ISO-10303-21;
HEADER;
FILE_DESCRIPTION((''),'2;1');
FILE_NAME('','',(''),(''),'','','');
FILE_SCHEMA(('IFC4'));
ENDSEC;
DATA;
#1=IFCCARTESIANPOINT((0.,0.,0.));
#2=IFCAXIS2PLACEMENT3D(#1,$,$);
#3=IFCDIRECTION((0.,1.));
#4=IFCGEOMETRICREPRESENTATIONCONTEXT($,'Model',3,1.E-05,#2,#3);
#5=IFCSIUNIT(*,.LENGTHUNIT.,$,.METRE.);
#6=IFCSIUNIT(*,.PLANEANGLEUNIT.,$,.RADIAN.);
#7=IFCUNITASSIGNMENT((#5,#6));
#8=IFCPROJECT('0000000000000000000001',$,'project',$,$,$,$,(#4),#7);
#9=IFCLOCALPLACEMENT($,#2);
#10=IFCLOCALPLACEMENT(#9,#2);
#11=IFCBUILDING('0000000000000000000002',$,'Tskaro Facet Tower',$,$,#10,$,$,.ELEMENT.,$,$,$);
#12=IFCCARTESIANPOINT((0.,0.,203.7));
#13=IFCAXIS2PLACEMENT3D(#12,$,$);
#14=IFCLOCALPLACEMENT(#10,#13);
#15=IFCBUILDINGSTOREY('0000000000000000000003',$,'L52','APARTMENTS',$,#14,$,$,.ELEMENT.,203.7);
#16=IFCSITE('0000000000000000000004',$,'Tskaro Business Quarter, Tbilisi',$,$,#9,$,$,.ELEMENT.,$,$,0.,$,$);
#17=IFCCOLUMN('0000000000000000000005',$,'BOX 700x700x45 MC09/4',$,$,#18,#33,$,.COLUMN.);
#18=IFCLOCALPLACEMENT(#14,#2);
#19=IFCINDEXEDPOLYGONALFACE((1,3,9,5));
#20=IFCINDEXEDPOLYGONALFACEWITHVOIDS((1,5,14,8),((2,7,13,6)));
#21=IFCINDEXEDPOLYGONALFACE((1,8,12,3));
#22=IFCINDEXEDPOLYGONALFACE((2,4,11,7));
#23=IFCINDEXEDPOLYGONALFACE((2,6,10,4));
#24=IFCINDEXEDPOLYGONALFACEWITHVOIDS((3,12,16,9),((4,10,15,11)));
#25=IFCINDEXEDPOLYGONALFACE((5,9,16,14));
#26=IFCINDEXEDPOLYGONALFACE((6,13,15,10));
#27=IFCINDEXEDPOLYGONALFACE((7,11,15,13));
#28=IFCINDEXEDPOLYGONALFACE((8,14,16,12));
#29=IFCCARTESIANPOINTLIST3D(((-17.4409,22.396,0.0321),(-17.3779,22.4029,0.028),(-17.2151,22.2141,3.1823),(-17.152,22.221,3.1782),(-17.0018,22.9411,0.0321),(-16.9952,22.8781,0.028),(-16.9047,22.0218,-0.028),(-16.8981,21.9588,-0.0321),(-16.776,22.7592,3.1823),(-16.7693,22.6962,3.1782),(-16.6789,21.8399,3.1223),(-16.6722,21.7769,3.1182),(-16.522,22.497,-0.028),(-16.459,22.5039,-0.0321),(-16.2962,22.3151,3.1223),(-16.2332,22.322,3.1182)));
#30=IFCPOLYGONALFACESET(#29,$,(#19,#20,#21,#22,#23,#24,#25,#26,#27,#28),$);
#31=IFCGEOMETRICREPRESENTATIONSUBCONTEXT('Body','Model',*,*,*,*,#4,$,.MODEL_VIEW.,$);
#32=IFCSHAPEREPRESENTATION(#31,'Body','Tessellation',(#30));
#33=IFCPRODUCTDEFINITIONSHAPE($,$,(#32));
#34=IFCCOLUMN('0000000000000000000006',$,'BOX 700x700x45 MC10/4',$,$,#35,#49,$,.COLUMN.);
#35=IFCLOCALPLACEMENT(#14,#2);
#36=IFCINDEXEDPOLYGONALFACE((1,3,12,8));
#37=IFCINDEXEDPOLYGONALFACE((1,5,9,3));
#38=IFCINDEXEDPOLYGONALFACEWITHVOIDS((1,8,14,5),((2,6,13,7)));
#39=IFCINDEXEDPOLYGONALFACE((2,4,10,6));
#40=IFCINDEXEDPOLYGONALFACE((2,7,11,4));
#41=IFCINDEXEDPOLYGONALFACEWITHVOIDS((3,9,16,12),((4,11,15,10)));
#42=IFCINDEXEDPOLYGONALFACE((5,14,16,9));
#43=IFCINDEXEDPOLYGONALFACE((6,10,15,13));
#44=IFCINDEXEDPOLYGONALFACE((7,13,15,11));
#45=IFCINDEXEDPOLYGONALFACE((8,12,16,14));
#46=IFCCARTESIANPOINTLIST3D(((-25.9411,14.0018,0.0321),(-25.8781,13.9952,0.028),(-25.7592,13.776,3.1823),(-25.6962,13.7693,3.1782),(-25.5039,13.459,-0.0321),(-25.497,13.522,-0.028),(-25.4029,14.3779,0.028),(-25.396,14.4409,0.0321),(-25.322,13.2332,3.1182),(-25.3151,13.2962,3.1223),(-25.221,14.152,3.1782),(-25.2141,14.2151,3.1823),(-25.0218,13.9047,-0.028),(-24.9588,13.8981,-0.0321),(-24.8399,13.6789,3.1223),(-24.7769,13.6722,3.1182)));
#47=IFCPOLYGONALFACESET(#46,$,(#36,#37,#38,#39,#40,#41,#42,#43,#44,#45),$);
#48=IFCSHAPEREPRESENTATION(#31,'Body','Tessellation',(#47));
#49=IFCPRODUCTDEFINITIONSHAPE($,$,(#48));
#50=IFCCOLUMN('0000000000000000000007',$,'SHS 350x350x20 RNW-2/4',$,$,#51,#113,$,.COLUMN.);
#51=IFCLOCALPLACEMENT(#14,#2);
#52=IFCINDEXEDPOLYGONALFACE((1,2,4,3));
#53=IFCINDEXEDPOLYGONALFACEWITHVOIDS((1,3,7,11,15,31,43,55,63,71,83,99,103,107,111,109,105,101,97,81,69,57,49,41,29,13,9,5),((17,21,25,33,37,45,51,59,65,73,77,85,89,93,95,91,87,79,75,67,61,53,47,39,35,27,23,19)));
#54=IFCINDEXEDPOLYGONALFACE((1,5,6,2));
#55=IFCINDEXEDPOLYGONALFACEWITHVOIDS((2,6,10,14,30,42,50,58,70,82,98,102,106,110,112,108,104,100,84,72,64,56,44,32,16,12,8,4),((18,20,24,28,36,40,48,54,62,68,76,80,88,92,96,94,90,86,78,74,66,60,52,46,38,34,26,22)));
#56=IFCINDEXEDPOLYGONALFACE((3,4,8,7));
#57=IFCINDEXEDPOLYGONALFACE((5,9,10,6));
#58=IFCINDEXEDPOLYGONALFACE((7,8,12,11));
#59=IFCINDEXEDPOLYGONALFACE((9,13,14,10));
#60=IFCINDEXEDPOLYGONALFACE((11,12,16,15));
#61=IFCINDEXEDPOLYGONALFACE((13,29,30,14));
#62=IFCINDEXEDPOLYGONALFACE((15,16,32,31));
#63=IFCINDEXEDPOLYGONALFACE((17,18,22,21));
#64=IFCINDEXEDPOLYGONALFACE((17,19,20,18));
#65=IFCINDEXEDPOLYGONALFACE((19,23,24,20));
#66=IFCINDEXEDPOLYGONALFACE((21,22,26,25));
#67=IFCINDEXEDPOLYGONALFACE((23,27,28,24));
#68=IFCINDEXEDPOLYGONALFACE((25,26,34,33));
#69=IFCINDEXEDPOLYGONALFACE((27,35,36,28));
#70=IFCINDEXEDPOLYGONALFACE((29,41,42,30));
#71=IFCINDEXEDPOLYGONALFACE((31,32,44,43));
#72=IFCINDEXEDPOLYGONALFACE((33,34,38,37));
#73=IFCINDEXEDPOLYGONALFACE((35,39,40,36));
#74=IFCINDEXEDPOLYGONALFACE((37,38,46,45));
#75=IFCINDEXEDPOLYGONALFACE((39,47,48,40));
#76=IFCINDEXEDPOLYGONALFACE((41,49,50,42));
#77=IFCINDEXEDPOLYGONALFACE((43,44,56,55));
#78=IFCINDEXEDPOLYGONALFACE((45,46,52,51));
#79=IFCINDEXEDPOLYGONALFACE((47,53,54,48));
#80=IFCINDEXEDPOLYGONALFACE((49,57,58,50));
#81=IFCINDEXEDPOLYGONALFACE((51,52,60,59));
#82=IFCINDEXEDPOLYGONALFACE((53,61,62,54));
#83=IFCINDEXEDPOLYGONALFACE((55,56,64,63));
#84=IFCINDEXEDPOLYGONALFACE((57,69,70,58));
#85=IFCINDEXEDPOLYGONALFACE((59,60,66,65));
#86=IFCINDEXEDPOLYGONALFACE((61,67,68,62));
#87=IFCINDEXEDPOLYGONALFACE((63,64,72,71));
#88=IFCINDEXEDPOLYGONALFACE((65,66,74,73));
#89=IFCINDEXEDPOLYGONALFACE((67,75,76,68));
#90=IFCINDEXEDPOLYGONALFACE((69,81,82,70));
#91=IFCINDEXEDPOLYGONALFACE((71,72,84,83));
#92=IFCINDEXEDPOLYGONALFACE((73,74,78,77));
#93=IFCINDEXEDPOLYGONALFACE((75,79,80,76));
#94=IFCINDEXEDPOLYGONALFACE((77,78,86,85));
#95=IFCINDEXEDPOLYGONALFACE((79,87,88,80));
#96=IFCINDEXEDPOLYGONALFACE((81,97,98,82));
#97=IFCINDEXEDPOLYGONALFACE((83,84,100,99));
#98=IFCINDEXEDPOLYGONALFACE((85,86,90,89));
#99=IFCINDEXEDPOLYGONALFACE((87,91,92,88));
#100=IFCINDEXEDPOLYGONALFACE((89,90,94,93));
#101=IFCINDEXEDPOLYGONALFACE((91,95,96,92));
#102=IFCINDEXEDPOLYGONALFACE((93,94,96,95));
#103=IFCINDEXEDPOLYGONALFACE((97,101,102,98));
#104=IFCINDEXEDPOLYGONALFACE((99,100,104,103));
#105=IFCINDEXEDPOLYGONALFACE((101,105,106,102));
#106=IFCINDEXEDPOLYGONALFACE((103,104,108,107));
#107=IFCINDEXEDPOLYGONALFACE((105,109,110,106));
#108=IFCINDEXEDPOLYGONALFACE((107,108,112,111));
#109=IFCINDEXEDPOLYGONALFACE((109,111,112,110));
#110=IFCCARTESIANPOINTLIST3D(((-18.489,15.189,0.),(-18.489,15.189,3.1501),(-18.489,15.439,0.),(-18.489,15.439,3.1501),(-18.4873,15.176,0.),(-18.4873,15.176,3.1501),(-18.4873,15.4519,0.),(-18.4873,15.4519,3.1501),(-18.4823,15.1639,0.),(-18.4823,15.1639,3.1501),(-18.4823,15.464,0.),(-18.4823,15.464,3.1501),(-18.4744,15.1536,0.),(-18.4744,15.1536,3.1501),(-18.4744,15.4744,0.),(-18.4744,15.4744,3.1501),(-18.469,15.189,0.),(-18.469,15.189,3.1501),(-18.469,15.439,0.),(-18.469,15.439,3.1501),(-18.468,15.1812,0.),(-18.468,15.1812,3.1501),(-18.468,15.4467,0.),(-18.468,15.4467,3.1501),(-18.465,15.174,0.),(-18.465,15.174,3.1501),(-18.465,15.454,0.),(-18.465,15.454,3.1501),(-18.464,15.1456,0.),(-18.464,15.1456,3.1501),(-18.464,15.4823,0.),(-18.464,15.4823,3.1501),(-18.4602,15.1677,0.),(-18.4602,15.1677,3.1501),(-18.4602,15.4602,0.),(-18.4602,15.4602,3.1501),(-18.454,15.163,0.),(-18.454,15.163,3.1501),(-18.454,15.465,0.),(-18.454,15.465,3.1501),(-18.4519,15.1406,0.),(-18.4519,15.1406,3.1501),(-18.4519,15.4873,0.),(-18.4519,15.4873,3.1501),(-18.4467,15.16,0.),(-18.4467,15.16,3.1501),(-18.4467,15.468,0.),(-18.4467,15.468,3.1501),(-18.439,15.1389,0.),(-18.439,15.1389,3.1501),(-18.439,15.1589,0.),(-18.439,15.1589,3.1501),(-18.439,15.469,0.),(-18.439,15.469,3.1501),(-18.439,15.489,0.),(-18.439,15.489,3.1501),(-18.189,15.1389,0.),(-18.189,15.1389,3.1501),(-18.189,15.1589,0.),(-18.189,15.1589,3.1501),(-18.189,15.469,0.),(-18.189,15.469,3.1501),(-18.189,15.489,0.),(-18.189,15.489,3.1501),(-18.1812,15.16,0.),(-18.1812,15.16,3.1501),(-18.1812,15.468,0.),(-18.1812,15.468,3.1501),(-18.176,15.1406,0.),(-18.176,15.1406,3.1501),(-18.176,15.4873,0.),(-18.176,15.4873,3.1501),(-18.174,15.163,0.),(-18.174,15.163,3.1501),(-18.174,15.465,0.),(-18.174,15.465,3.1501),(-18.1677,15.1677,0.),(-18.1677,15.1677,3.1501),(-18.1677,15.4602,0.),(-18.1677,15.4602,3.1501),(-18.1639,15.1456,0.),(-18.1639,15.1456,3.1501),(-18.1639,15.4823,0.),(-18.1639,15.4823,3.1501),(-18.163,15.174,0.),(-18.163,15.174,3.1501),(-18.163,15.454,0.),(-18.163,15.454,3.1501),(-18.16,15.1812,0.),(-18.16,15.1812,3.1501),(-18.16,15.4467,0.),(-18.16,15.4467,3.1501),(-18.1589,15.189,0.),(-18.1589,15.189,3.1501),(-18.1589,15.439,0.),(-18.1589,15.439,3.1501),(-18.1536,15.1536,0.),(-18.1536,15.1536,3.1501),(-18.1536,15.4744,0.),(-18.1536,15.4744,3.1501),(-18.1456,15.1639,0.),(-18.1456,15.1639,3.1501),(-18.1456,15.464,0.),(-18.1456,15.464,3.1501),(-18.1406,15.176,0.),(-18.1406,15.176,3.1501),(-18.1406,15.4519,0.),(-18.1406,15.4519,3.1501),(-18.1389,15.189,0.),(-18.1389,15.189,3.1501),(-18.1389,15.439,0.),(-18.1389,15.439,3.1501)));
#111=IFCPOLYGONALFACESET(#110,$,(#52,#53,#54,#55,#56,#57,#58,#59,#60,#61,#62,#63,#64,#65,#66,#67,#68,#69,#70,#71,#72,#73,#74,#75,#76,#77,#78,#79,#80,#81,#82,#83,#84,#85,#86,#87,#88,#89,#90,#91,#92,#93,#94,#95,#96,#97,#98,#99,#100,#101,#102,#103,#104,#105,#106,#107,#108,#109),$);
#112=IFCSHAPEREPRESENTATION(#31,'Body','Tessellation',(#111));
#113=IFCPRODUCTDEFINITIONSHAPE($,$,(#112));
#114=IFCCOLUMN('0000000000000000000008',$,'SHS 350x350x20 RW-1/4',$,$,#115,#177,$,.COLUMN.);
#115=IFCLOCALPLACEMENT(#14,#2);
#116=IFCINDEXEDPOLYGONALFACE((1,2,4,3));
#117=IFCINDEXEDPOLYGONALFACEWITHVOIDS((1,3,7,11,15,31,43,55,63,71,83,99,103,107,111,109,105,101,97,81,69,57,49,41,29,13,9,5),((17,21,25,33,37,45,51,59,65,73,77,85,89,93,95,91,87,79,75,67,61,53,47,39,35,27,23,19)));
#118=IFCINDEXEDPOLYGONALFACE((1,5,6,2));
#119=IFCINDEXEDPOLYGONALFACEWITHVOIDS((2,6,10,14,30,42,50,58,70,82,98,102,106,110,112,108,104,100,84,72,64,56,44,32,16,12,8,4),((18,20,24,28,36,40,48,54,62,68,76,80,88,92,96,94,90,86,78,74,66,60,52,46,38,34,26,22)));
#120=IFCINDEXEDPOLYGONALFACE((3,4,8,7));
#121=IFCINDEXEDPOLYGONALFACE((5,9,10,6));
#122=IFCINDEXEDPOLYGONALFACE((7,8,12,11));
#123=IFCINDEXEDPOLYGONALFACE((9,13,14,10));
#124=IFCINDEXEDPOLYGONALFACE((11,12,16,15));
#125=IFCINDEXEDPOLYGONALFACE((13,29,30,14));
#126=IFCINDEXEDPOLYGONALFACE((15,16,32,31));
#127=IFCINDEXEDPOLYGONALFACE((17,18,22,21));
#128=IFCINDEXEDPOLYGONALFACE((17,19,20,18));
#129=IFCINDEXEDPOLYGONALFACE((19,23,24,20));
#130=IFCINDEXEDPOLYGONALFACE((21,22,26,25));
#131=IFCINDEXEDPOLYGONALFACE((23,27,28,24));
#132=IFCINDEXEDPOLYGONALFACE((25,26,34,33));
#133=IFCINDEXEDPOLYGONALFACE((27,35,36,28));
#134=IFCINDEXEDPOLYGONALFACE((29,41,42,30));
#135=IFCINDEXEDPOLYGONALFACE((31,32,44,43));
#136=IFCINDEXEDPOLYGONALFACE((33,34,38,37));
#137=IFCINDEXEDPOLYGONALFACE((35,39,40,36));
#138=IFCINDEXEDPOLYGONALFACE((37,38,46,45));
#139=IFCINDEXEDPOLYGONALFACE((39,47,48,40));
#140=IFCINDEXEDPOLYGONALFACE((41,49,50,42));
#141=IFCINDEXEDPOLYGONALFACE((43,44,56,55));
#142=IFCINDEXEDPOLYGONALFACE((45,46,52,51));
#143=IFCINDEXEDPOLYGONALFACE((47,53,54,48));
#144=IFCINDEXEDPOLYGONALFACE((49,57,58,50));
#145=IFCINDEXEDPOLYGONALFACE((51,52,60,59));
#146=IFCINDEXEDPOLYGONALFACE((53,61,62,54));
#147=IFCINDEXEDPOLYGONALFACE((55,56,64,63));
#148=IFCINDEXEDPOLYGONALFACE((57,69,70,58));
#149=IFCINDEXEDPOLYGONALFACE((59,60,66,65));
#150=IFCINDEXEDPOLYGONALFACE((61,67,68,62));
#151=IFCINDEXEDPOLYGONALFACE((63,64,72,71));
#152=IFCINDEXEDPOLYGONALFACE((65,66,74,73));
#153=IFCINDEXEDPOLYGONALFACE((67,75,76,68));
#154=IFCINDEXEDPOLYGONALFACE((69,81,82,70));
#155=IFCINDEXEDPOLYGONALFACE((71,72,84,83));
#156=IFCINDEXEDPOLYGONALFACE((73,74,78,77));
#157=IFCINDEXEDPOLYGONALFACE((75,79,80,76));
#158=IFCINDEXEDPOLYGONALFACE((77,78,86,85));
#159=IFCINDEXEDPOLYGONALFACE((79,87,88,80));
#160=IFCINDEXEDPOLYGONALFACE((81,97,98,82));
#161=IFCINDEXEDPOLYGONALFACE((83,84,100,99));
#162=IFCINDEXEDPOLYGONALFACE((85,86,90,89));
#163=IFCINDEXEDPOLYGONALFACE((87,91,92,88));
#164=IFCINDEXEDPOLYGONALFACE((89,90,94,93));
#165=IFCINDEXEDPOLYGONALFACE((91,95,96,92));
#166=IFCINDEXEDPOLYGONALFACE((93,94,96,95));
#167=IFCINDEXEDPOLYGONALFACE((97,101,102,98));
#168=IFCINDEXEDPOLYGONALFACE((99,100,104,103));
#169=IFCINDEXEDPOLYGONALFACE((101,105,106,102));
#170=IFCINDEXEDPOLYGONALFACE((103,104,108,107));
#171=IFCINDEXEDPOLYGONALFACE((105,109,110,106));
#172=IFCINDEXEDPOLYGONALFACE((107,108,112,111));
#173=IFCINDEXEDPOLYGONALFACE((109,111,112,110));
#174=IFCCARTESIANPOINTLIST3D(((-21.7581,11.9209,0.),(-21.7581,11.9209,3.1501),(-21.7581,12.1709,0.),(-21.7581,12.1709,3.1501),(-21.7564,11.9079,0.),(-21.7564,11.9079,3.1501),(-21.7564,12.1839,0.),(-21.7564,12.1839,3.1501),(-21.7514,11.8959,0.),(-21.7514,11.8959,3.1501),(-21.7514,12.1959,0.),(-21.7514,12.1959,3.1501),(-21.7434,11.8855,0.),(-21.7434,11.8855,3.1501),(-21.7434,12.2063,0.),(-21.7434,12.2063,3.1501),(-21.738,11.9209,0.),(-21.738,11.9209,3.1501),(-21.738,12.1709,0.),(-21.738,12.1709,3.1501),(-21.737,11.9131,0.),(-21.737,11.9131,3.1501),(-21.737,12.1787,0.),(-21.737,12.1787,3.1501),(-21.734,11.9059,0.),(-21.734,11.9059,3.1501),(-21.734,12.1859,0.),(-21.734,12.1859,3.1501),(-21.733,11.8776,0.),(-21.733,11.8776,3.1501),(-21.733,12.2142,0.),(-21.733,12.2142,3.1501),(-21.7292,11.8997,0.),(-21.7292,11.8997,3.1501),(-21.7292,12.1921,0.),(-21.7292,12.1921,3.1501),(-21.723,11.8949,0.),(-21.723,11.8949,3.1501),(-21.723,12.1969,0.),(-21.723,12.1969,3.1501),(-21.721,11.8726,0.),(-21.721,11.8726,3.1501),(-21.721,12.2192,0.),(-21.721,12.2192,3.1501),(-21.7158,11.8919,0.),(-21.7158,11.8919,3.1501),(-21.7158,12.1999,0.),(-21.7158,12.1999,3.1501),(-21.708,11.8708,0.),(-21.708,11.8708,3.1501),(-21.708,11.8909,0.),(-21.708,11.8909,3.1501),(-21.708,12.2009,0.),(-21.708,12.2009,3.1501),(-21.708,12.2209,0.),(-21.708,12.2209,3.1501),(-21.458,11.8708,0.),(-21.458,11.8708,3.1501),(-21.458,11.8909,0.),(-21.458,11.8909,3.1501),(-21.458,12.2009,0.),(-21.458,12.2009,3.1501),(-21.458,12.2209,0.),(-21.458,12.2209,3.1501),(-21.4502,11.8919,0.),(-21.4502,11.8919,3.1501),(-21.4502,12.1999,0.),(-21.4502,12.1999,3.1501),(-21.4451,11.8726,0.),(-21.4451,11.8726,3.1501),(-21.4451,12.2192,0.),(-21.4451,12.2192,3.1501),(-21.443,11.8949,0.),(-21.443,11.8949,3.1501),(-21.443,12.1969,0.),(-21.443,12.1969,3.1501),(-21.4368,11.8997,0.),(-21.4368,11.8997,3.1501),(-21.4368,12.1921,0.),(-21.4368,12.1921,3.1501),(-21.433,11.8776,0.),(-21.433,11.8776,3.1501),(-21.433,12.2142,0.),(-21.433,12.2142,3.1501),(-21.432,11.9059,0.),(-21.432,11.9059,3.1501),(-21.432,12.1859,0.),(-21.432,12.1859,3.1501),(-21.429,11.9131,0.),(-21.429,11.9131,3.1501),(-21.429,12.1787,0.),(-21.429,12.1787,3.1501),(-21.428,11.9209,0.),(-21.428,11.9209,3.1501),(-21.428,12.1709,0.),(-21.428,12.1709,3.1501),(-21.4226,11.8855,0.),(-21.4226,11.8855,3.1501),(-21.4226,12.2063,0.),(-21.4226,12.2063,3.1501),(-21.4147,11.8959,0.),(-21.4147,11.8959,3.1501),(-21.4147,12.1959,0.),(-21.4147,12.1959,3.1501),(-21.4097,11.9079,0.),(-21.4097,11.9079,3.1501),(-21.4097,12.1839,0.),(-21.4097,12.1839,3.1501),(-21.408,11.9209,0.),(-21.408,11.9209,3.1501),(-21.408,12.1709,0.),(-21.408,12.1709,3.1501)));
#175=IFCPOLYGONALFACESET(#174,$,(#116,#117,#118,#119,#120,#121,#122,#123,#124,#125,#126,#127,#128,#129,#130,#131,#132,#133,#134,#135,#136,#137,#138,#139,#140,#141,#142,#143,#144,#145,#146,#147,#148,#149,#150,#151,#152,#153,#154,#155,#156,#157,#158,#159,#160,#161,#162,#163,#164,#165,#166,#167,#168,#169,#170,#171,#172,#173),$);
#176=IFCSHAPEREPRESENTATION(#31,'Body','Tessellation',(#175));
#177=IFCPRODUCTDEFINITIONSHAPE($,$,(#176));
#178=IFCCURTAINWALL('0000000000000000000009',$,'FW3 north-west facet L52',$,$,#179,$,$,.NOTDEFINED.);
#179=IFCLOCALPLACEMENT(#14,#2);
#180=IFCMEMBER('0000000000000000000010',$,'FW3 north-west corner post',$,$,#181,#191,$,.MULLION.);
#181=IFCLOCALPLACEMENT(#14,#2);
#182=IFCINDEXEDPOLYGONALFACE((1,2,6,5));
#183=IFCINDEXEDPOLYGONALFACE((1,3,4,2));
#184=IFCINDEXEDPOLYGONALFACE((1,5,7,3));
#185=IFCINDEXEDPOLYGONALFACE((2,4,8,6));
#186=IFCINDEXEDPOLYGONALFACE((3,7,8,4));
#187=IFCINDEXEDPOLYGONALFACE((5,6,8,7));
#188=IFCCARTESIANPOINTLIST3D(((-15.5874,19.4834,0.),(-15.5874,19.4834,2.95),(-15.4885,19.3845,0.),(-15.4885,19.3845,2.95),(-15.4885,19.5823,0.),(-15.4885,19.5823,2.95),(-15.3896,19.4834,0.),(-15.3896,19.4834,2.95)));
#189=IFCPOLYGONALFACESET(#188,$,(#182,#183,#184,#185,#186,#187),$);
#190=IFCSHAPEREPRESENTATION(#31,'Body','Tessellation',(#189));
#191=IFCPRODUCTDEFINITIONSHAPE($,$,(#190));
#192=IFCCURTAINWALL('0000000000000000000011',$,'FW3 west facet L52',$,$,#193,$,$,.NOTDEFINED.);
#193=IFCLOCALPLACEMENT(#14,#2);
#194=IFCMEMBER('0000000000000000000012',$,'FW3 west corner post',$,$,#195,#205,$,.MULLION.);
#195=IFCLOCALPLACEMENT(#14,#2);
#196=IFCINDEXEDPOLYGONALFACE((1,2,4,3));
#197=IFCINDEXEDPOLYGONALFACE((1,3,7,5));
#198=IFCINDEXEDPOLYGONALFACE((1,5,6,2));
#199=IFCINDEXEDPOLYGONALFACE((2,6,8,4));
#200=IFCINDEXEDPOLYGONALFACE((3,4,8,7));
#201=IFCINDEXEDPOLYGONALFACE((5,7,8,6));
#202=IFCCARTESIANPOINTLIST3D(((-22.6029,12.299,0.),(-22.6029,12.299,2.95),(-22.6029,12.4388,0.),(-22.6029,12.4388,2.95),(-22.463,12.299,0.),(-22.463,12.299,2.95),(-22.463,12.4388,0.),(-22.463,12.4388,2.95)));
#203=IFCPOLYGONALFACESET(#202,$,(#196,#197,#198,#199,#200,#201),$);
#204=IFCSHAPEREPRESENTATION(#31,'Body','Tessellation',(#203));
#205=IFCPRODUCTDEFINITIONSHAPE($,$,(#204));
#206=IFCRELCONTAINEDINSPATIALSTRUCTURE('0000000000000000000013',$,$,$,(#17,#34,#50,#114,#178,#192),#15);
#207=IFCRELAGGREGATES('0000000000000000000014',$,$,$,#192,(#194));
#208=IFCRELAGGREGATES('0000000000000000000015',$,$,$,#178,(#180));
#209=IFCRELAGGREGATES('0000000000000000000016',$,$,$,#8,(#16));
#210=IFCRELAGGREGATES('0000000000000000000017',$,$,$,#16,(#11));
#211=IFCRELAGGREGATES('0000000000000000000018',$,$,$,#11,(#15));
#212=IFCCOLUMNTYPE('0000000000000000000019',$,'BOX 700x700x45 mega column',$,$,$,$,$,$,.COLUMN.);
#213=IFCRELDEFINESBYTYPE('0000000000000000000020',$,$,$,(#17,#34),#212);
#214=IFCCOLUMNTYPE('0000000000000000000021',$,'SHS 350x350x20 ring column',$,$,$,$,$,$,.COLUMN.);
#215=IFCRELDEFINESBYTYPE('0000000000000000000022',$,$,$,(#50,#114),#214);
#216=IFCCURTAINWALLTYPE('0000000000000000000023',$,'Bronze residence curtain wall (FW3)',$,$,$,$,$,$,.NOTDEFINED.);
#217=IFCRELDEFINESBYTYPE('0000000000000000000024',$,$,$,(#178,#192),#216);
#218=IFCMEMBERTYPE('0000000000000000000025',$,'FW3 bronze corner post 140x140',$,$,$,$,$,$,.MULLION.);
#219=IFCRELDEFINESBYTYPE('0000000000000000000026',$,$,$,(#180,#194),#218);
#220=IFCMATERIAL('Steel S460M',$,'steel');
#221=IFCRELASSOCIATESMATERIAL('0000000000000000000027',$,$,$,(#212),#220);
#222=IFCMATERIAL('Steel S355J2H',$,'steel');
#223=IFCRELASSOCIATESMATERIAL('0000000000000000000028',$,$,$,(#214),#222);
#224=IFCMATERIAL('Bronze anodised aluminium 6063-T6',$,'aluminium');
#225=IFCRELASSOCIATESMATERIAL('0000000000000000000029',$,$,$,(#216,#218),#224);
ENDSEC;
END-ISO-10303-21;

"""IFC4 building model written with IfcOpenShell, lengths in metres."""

from ifc_helpers import new_model, si_unit, direction, frame, origin, origin_2d, place, context, subcontext, project, spatial, rectangle, hollow_rectangle, extrude, material, material_profile, profile_set, type_object, element, aggregate, save


model = new_model("IFC4")

# Units and contexts
model_context = context("Model", 3, precision=1e-05, world=origin(), true_north=direction((0.0, 1.0)))
body_context = subcontext(model_context, "Body", "Model", "MODEL_VIEW")
ifc_project = project(units=[si_unit("LENGTHUNIT", "METRE"), si_unit("PLANEANGLEUNIT", "RADIAN")], contexts=[model_context])

# Site, building, storey
site_placement = place(None, origin())
site = spatial("IfcSite", under=ifc_project, at=site_placement, Name="Tskaro Business Quarter, Tbilisi", CompositionType="ELEMENT", RefElevation=0.0)
building_placement = place(site_placement, origin())
building = spatial("IfcBuilding", under=site, at=building_placement, Name="Tskaro Facet Tower", CompositionType="ELEMENT")
storey_placement = place(building_placement, frame((0.0, 0.0, 203.7)))
storey = spatial("IfcBuildingStorey", under=building, at=storey_placement, Name="L52", Description="APARTMENTS", CompositionType="ELEMENT", Elevation=203.7)

# Columns
ifc_material_1 = material(Name="Steel S460M", Category="steel")
ifc_material_profile_1 = material_profile(ifc_material_1, hollow_rectangle(XDim=0.7, YDim=0.7, WallThickness=0.0449, at=origin_2d()), Name="BOX 700x700x45")
ifc_profile_set_1 = profile_set([ifc_material_profile_1], Name="Steel S460M")
column_type_1 = type_object("IfcColumnType", Name="BOX 700x700x45 mega column", PredefinedType="COLUMN", material=ifc_profile_set_1)
for number, where, z_axis, x_axis, name in (
    (1, (-16.95, 22.45, 0.0), (0.071387, -0.057495, 0.99579), (0.627259, 0.778811, 0.0), "BOX 700x700x45 MC09/4"),
    (2, (-25.45, 13.95, 0.0), (0.057495, -0.071387, 0.99579), (0.778811, 0.627259, 0.0), "BOX 700x700x45 MC10/4"),
):
    element("IfcColumn", number, at=place(storey_placement, frame(where, z_axis=z_axis, x_axis=x_axis)), inside=storey, type_object=column_type_1, Name=name, PredefinedType="COLUMN", context=body_context, shape_type="SweptSolid", body=[
        extrude(hollow_rectangle(XDim=0.7, YDim=0.7, WallThickness=0.0449, at=origin_2d()), origin(), (0.0, 0.0, 1.0), 3.1636),
    ])
ifc_material_2 = material(Name="Steel S355J2H", Category="steel")
ifc_material_profile_2 = material_profile(ifc_material_2, hollow_rectangle(XDim=0.3501, YDim=0.3501, WallThickness=0.02, InnerFilletRadius=0.03, OuterFilletRadius=0.05, at=origin_2d()), Name="SHS 350x350x20")
ifc_profile_set_2 = profile_set([ifc_material_profile_2], Name="Steel S355J2H")
column_type_2 = type_object("IfcColumnType", Name="SHS 350x350x20 ring column", PredefinedType="COLUMN", material=ifc_profile_set_2)
for number, where, z_axis, x_axis, name in (
    (3, (-18.314, 15.314, 0.0), (0.0, 0.0, 1.0), (1.0, 0.0, 0.0), "SHS 350x350x20 RNW-2/4"),
    (4, (-21.583, 12.0459, 0.0), (0.0, 0.0, 1.0), (1.0, 0.0, 0.0), "SHS 350x350x20 RW-1/4"),
):
    element("IfcColumn", number, at=place(storey_placement, frame(where, z_axis=z_axis, x_axis=x_axis)), inside=storey, type_object=column_type_2, Name=name, PredefinedType="COLUMN", context=body_context, shape_type="SweptSolid", body=[
        extrude(hollow_rectangle(XDim=0.3501, YDim=0.3501, WallThickness=0.02, InnerFilletRadius=0.03, OuterFilletRadius=0.05, at=origin_2d()), origin(), (0.0, 0.0, 1.0), 3.1501),
    ])

# Curtain walls, members
ifc_material_3 = material(Name="Bronze anodised aluminium 6063-T6", Category="aluminium")
curtain_wall_type = type_object("IfcCurtainWallType", Name="Bronze residence curtain wall (FW3)", PredefinedType="NOTDEFINED", material=ifc_material_3)
curtain_wall_1_placement = place(storey_placement, origin())
curtain_wall_1 = element("IfcCurtainWall", 5, at=curtain_wall_1_placement, inside=storey, type_object=curtain_wall_type, Name="FW3 north-west facet L52", PredefinedType="NOTDEFINED")
ifc_material_profile_3 = material_profile(ifc_material_3, rectangle(XDim=0.1399, YDim=0.1399, at=origin_2d()), Name="Corner post 140x140")
ifc_profile_set_3 = profile_set([ifc_material_profile_3], Name="Bronze anodised aluminium 6063-T6")
member_type_1 = type_object("IfcMemberType", Name="FW3 bronze corner post 140x140", PredefinedType="MULLION", material=ifc_profile_set_3)
member_1_placement = place(storey_placement, frame((-15.4885, 19.4834, 0.0), z_axis=(0.0, 0.0, 1.0), x_axis=(-0.707107, -0.707107, 0.0)))
member_1 = element("IfcMember", 6, at=member_1_placement, type_object=member_type_1, Name="FW3 north-west corner post", PredefinedType="MULLION", context=body_context, shape_type="SweptSolid", body=[
    extrude(rectangle(XDim=0.1399, YDim=0.1399, at=origin_2d()), origin(), (0.0, 0.0, 1.0), 2.95),
])
curtain_wall_2_placement = place(storey_placement, origin())
curtain_wall_2 = element("IfcCurtainWall", 7, at=curtain_wall_2_placement, inside=storey, type_object=curtain_wall_type, Name="FW3 west facet L52", PredefinedType="NOTDEFINED")
member_2_placement = place(storey_placement, frame((-22.533, 12.3689, 0.0), z_axis=(0.0, 0.0, 1.0), x_axis=(0.0, -1.0, 0.0)))
member_2 = element("IfcMember", 8, at=member_2_placement, type_object=member_type_1, Name="FW3 west corner post", PredefinedType="MULLION", context=body_context, shape_type="SweptSolid", body=[
    extrude(rectangle(XDim=0.1399, YDim=0.1399, at=origin_2d()), origin(), (0.0, 0.0, 1.0), 2.95),
])

aggregate(curtain_wall_2, [member_2])

aggregate(curtain_wall_1, [member_1])

save(model, "model.ifc")
